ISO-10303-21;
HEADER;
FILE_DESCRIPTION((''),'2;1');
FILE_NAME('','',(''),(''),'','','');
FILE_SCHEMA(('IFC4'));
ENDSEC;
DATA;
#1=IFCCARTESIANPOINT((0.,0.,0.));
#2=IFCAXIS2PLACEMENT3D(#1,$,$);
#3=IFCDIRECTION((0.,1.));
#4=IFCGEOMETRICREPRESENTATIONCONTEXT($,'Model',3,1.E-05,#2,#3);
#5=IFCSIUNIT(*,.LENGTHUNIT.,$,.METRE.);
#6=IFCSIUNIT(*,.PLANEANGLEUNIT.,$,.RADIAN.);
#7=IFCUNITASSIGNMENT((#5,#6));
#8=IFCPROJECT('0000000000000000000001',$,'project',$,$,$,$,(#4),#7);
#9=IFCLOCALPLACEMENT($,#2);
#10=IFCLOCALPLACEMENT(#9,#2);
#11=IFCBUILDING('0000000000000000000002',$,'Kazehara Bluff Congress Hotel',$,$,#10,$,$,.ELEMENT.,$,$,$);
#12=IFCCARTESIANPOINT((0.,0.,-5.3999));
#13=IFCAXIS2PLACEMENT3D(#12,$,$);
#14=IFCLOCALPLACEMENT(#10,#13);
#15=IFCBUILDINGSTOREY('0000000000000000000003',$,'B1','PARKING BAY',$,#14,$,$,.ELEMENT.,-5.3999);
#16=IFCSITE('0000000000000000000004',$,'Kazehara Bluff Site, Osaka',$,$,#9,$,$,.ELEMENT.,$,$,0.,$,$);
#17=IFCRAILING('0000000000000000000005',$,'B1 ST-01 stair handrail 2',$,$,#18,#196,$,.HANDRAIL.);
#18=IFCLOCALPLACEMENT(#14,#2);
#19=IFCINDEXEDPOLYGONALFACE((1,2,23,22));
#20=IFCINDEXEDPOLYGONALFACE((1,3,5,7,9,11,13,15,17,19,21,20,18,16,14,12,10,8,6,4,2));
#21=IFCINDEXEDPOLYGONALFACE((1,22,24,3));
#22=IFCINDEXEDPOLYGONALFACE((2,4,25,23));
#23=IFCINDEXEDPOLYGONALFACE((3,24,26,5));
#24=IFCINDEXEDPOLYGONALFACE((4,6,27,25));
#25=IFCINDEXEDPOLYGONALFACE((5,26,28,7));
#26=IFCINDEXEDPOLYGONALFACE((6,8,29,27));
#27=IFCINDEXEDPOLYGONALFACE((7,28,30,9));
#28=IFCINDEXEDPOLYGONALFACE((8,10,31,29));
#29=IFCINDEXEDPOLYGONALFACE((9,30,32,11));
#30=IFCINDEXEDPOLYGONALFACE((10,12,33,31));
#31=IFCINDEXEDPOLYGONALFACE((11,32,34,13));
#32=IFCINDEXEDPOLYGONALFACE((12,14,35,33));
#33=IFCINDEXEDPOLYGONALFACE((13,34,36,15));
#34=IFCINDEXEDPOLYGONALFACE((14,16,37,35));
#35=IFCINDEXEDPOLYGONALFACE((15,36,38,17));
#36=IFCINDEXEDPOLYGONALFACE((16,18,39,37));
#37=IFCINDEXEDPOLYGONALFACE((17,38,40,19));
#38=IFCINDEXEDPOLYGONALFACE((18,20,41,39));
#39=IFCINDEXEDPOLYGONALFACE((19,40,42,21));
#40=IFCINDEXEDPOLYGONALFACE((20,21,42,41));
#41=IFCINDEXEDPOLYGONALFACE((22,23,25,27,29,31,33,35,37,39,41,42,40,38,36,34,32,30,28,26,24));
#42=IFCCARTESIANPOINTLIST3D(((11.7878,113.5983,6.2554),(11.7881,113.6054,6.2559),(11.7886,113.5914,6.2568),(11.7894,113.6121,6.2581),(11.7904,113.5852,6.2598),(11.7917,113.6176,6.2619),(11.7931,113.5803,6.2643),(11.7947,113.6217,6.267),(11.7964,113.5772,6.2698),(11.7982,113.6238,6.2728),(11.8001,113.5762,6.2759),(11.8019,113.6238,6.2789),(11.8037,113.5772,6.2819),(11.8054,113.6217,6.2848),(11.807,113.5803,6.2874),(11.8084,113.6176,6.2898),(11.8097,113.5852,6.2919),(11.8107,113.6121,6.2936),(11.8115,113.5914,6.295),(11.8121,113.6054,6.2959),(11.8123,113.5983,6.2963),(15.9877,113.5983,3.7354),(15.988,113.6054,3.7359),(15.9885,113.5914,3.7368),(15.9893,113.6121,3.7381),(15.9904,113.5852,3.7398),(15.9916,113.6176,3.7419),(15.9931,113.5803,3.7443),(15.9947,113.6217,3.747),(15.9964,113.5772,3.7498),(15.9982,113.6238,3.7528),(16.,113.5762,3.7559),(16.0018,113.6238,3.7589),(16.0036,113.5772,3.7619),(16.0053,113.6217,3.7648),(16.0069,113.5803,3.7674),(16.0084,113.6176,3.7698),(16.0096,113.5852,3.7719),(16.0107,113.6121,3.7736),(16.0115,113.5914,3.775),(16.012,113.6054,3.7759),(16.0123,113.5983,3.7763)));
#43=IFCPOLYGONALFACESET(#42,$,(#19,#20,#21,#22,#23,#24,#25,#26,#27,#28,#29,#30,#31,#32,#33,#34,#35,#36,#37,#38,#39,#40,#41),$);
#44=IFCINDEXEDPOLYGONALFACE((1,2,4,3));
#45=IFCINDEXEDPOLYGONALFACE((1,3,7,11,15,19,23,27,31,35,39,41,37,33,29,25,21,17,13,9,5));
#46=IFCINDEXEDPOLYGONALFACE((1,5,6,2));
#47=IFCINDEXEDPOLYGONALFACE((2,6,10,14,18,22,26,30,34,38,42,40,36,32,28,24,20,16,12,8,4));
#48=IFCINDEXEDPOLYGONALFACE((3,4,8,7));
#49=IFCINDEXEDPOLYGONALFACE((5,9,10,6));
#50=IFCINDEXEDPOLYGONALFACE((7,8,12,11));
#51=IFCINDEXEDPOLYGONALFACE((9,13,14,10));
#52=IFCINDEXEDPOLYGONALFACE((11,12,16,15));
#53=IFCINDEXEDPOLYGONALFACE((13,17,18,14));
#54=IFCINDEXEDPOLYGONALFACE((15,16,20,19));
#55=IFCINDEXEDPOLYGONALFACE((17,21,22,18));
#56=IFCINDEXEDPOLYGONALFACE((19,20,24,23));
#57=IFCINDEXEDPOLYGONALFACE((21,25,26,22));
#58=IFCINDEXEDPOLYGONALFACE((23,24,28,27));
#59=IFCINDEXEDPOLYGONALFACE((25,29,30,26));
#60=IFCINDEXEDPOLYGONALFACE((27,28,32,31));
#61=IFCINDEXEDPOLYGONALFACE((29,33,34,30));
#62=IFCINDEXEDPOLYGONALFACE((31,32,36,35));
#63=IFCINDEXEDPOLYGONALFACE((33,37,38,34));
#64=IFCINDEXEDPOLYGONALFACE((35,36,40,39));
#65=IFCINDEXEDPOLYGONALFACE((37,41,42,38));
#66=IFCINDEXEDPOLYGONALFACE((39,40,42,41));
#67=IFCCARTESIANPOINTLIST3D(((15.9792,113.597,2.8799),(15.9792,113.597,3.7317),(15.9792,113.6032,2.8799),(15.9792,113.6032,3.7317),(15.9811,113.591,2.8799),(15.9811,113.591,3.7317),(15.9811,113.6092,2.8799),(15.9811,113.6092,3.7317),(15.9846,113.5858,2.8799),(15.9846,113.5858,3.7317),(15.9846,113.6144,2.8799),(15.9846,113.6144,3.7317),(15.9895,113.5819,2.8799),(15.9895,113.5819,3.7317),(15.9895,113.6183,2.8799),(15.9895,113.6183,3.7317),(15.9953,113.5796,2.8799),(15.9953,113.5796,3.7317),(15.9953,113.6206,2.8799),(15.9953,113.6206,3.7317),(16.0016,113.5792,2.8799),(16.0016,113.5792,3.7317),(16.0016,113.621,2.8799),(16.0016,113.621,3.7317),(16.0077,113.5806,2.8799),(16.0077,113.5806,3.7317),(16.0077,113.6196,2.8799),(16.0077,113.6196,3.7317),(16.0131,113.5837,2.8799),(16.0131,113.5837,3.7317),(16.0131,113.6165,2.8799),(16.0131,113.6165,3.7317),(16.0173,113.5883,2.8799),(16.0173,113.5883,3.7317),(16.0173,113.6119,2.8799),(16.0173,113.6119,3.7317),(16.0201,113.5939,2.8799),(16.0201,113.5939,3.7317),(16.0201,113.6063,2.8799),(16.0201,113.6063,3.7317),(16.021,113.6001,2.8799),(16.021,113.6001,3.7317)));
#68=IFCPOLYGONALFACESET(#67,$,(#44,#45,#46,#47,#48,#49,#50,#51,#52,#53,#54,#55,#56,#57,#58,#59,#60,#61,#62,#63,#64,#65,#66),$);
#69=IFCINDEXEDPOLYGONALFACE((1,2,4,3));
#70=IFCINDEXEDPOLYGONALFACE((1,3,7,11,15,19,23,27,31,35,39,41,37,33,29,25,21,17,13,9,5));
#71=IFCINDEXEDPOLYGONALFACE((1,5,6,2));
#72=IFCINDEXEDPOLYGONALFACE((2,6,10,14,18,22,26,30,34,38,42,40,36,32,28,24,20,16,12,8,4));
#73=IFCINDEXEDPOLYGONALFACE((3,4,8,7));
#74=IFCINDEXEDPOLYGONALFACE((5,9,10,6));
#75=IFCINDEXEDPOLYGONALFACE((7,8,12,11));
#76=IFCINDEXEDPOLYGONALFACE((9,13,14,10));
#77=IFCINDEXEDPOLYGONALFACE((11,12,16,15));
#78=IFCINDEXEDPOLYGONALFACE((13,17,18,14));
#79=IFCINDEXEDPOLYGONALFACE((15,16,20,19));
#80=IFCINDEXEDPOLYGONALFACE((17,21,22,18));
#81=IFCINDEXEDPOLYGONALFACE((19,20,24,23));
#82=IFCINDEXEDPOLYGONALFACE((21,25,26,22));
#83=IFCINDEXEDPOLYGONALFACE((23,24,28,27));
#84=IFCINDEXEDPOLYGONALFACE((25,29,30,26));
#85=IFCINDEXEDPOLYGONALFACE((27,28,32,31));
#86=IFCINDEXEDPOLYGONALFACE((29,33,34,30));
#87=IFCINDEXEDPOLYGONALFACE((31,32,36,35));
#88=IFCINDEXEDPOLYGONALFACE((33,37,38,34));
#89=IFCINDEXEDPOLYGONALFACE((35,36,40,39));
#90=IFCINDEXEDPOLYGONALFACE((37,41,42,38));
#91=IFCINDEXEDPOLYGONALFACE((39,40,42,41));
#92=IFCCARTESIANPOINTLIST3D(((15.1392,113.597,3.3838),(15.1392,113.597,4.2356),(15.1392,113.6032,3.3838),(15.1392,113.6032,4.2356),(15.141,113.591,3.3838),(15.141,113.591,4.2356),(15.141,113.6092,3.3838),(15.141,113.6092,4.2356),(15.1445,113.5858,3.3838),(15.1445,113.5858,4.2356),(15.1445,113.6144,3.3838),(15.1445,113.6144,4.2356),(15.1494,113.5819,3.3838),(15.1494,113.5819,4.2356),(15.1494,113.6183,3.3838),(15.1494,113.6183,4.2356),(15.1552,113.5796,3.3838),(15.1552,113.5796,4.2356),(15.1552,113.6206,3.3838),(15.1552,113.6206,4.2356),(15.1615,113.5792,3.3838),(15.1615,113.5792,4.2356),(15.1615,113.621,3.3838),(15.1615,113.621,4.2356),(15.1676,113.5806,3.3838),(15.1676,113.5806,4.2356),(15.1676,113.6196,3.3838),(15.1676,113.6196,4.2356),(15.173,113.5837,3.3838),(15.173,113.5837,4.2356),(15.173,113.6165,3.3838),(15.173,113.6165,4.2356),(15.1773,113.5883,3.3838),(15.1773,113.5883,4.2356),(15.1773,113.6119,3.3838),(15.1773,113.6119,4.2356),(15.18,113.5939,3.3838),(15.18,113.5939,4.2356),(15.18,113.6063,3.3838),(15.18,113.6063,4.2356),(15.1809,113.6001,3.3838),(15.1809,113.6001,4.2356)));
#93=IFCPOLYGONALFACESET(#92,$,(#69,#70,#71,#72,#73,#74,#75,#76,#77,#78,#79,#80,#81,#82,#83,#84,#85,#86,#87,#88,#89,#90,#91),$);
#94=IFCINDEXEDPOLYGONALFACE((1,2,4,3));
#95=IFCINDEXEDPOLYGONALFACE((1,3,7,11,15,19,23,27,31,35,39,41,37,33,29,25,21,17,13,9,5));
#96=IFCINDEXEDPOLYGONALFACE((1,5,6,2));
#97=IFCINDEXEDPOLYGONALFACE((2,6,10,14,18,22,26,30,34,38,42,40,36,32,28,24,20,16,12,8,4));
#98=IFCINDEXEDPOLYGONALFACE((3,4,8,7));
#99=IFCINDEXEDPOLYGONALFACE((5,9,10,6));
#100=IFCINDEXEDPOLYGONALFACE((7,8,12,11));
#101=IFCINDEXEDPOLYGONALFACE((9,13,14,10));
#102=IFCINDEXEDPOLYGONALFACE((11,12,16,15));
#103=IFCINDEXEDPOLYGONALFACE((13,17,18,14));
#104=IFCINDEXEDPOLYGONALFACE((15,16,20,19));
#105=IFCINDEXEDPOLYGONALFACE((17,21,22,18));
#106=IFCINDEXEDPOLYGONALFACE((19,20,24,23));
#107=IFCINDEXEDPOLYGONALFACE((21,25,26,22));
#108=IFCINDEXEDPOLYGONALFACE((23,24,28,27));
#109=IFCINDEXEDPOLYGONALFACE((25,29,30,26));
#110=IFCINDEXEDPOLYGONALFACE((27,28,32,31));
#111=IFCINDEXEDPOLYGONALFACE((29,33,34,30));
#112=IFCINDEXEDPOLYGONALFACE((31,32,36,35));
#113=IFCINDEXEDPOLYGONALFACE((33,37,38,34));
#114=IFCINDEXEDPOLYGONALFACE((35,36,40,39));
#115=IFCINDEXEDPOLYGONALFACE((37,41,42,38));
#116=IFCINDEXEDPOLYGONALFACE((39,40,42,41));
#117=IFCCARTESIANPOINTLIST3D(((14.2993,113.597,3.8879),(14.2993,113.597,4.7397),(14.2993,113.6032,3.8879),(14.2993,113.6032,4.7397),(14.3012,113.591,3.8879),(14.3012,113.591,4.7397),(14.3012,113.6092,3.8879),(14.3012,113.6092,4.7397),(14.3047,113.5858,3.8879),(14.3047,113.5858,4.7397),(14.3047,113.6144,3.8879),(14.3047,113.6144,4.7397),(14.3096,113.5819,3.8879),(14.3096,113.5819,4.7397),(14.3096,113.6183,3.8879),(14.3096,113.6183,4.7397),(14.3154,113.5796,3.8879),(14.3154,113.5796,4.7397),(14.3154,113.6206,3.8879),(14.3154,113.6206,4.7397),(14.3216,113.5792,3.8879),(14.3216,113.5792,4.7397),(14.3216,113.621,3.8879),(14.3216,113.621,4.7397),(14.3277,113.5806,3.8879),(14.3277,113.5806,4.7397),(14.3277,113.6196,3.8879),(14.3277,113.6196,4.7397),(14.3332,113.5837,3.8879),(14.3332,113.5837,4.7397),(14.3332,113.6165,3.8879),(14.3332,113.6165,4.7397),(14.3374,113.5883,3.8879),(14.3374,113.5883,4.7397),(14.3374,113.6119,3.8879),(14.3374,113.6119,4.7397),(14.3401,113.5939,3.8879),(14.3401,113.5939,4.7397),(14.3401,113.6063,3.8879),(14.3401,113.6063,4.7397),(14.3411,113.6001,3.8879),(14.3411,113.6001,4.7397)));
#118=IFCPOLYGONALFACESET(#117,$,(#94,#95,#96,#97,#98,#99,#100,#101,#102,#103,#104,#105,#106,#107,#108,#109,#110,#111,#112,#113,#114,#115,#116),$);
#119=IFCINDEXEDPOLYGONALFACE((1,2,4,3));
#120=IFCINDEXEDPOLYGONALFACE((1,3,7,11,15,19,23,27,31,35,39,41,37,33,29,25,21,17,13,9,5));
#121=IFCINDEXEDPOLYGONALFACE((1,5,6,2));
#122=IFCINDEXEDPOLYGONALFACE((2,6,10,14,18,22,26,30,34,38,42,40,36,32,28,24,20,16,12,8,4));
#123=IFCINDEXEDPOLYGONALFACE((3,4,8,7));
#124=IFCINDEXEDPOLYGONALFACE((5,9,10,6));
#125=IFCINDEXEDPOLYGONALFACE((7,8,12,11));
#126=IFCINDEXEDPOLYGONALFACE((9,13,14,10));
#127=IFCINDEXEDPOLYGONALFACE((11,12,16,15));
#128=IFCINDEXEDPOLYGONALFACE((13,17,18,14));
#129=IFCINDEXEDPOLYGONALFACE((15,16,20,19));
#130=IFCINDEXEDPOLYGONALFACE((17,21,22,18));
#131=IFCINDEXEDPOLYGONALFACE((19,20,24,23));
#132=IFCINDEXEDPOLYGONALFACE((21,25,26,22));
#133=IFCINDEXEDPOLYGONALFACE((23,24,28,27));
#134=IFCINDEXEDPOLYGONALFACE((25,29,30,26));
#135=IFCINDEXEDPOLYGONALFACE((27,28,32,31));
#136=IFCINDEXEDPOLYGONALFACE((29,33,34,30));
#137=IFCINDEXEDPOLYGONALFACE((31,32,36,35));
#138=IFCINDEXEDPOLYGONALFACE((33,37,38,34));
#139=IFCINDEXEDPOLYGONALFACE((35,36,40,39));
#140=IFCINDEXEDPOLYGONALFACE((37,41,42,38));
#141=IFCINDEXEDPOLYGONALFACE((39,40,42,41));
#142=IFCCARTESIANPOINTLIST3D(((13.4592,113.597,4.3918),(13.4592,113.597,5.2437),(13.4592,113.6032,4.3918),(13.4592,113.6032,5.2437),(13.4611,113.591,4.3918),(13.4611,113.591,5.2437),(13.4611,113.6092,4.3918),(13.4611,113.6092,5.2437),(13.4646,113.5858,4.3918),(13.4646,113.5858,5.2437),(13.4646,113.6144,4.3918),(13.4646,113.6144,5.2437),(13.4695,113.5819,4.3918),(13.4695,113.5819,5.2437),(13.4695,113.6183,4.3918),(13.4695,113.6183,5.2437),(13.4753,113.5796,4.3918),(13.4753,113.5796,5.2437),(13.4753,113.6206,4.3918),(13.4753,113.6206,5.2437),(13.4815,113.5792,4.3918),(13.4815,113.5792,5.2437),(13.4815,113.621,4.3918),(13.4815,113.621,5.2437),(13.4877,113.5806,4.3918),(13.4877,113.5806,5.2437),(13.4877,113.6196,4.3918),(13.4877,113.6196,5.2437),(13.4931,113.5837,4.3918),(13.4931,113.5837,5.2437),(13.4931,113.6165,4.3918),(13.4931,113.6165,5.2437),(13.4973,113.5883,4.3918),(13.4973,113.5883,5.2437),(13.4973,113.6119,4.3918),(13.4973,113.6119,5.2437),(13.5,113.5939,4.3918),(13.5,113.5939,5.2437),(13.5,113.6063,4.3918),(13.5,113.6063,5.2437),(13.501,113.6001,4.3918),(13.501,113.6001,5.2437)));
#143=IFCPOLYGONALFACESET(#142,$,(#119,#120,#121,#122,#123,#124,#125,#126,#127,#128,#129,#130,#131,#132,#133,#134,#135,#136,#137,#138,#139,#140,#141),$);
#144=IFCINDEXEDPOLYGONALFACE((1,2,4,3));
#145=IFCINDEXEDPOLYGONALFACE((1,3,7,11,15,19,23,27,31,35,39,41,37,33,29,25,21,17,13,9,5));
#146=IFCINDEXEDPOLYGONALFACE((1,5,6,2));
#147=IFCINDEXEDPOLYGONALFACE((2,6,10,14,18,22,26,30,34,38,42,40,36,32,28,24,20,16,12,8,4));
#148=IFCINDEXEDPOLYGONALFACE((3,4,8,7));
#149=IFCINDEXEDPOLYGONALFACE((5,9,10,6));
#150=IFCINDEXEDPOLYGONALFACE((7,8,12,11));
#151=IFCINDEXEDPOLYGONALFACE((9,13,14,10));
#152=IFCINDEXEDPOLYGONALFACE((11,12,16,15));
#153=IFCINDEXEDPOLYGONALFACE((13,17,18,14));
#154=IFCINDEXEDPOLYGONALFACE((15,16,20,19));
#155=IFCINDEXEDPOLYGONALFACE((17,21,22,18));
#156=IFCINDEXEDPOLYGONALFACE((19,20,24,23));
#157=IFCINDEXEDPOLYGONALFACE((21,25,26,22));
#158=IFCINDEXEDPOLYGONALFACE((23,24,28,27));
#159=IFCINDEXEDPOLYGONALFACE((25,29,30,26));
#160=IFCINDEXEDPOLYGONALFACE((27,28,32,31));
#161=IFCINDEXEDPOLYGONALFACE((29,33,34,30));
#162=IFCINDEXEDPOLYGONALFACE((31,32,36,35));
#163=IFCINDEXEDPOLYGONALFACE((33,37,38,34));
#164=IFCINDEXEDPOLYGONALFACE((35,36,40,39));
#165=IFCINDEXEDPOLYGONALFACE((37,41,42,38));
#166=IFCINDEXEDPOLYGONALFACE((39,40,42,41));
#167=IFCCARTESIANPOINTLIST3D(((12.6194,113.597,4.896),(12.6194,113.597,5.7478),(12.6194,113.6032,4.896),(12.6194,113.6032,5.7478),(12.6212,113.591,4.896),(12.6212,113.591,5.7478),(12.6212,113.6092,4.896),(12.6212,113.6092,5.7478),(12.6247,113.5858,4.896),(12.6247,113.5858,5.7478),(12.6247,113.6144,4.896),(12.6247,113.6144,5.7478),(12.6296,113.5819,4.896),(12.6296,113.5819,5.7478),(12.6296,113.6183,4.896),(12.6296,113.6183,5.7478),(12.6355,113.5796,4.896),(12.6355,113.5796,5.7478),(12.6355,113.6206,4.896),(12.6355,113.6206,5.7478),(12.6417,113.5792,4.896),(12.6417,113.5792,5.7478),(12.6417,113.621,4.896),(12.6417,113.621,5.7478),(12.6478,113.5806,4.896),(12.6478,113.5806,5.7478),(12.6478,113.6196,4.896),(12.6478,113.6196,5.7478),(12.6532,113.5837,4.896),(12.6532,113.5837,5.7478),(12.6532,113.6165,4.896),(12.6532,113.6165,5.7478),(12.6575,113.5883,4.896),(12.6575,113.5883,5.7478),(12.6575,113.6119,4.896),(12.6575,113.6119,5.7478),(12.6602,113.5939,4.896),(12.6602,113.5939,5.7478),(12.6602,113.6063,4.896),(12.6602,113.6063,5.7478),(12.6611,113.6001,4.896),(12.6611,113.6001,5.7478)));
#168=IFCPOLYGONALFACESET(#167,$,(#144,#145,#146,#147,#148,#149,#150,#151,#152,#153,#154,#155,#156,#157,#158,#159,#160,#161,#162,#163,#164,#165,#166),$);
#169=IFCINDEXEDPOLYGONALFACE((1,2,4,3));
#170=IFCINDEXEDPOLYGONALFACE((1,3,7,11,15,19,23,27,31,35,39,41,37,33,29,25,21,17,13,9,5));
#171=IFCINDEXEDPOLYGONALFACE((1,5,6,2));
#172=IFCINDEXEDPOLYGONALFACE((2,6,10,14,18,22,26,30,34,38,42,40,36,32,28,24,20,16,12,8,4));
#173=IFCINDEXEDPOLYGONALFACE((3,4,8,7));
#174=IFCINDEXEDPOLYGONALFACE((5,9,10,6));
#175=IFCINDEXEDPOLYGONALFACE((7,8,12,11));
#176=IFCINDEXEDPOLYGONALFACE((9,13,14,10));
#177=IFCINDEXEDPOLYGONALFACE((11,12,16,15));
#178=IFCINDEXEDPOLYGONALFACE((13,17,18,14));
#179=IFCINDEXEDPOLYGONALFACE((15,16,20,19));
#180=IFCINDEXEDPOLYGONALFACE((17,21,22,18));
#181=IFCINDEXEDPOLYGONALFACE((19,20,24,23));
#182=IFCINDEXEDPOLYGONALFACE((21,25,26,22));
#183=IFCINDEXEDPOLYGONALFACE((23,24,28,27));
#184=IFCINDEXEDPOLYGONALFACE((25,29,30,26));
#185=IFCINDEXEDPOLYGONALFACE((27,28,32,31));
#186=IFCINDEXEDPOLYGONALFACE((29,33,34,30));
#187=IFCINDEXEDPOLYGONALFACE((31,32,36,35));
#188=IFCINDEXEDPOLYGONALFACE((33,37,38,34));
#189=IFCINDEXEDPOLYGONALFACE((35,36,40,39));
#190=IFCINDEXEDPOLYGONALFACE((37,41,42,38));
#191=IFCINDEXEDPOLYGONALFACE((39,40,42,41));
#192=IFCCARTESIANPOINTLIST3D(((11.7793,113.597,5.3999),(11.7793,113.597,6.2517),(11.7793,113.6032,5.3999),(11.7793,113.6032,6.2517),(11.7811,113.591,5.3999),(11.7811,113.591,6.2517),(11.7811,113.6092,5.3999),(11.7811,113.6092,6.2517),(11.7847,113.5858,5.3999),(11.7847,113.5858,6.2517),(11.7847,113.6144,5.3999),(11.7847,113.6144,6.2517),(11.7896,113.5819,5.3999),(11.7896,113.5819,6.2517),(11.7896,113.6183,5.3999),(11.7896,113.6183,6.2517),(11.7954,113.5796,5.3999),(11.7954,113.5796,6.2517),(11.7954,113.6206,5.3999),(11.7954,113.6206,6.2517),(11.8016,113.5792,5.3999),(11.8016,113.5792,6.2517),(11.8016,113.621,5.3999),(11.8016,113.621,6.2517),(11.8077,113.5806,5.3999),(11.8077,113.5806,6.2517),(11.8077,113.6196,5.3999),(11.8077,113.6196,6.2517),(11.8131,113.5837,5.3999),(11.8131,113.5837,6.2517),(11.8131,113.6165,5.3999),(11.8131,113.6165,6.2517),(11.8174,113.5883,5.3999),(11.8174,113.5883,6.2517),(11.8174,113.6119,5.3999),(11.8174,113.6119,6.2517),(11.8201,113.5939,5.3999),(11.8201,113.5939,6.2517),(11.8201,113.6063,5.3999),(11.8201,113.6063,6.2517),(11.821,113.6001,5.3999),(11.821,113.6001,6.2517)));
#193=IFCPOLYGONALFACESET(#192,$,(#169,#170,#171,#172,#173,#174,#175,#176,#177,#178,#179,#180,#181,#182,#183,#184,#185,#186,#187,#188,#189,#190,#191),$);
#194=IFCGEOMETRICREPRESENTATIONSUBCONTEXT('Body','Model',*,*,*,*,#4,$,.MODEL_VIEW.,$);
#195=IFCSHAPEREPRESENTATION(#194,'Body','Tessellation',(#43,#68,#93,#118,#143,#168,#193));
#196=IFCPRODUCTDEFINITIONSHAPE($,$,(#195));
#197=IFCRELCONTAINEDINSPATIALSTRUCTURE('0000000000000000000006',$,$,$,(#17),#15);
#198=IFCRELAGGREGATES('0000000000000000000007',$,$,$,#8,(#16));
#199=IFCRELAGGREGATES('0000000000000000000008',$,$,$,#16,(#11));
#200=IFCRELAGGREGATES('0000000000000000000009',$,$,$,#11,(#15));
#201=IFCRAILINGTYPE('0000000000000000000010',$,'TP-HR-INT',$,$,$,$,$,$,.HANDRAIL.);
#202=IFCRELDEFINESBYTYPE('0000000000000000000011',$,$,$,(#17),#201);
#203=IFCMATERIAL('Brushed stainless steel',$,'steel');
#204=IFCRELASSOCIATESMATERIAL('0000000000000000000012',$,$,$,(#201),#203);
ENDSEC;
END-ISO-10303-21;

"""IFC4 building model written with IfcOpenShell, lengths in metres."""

from ifc_helpers import new_model, si_unit, direction, frame, origin, origin_2d, place, context, subcontext, project, spatial, circle, extrude, material, type_object, element, save


model = new_model("IFC4")

# Units and contexts
model_context = context("Model", 3, precision=1e-05, world=origin(), true_north=direction((0.0, 1.0)))
body_context = subcontext(model_context, "Body", "Model", "MODEL_VIEW")
ifc_project = project(units=[si_unit("LENGTHUNIT", "METRE"), si_unit("PLANEANGLEUNIT", "RADIAN")], contexts=[model_context])

# Site, building, storey
site_placement = place(None, origin())
site = spatial("IfcSite", under=ifc_project, at=site_placement, Name="Kazehara Bluff Site, Osaka", CompositionType="ELEMENT", RefElevation=0.0)
building_placement = place(site_placement, origin())
building = spatial("IfcBuilding", under=site, at=building_placement, Name="Kazehara Bluff Congress Hotel", CompositionType="ELEMENT")
storey_placement = place(building_placement, frame((0.0, 0.0, -5.3999)))
storey = spatial("IfcBuildingStorey", under=building, at=storey_placement, Name="B1", Description="PARKING BAY", CompositionType="ELEMENT", Elevation=-5.3999)

# Railing
ifc_material_1 = material(Name="Brushed stainless steel", Category="steel")
railing_type_1 = type_object("IfcRailingType", Name="TP-HR-INT", PredefinedType="HANDRAIL", material=ifc_material_1)
railing_1_placement = place(storey_placement, frame((16.0, 113.6001, 2.8799)))
element("IfcRailing", 1, at=railing_1_placement, inside=storey, type_object=railing_type_1, Name="B1 ST-01 stair handrail 2", PredefinedType="HANDRAIL", context=body_context, shape_type="SweptSolid", body=[
    extrude(circle(Radius=0.0239, at=origin_2d()), frame((0.0, 0.0, 0.876), z_axis=(-0.857489, 0.0, 0.514503), x_axis=(0.0, -1.0, 0.0)), (0.0, 0.0, 1.0), 4.8979),
    extrude(circle(Radius=0.021, at=origin_2d()), origin(), (0.0, 0.0, 1.0), 0.8518),
    extrude(circle(Radius=0.021, at=origin_2d()), frame((-0.8401, 0.0, 0.5039)), (0.0, 0.0, 1.0), 0.8518),
    extrude(circle(Radius=0.021, at=origin_2d()), frame((-1.6799, 0.0, 1.0081)), (0.0, 0.0, 1.0), 0.8518),
    extrude(circle(Radius=0.021, at=origin_2d()), frame((-2.52, 0.0, 1.512)), (0.0, 0.0, 1.0), 0.8518),
    extrude(circle(Radius=0.021, at=origin_2d()), frame((-3.3599, 0.0, 2.0161)), (0.0, 0.0, 1.0), 0.8518),
    extrude(circle(Radius=0.021, at=origin_2d()), frame((-4.2, 0.0, 2.52)), (0.0, 0.0, 1.0), 0.8518),
])

save(model, "model.ifc")
